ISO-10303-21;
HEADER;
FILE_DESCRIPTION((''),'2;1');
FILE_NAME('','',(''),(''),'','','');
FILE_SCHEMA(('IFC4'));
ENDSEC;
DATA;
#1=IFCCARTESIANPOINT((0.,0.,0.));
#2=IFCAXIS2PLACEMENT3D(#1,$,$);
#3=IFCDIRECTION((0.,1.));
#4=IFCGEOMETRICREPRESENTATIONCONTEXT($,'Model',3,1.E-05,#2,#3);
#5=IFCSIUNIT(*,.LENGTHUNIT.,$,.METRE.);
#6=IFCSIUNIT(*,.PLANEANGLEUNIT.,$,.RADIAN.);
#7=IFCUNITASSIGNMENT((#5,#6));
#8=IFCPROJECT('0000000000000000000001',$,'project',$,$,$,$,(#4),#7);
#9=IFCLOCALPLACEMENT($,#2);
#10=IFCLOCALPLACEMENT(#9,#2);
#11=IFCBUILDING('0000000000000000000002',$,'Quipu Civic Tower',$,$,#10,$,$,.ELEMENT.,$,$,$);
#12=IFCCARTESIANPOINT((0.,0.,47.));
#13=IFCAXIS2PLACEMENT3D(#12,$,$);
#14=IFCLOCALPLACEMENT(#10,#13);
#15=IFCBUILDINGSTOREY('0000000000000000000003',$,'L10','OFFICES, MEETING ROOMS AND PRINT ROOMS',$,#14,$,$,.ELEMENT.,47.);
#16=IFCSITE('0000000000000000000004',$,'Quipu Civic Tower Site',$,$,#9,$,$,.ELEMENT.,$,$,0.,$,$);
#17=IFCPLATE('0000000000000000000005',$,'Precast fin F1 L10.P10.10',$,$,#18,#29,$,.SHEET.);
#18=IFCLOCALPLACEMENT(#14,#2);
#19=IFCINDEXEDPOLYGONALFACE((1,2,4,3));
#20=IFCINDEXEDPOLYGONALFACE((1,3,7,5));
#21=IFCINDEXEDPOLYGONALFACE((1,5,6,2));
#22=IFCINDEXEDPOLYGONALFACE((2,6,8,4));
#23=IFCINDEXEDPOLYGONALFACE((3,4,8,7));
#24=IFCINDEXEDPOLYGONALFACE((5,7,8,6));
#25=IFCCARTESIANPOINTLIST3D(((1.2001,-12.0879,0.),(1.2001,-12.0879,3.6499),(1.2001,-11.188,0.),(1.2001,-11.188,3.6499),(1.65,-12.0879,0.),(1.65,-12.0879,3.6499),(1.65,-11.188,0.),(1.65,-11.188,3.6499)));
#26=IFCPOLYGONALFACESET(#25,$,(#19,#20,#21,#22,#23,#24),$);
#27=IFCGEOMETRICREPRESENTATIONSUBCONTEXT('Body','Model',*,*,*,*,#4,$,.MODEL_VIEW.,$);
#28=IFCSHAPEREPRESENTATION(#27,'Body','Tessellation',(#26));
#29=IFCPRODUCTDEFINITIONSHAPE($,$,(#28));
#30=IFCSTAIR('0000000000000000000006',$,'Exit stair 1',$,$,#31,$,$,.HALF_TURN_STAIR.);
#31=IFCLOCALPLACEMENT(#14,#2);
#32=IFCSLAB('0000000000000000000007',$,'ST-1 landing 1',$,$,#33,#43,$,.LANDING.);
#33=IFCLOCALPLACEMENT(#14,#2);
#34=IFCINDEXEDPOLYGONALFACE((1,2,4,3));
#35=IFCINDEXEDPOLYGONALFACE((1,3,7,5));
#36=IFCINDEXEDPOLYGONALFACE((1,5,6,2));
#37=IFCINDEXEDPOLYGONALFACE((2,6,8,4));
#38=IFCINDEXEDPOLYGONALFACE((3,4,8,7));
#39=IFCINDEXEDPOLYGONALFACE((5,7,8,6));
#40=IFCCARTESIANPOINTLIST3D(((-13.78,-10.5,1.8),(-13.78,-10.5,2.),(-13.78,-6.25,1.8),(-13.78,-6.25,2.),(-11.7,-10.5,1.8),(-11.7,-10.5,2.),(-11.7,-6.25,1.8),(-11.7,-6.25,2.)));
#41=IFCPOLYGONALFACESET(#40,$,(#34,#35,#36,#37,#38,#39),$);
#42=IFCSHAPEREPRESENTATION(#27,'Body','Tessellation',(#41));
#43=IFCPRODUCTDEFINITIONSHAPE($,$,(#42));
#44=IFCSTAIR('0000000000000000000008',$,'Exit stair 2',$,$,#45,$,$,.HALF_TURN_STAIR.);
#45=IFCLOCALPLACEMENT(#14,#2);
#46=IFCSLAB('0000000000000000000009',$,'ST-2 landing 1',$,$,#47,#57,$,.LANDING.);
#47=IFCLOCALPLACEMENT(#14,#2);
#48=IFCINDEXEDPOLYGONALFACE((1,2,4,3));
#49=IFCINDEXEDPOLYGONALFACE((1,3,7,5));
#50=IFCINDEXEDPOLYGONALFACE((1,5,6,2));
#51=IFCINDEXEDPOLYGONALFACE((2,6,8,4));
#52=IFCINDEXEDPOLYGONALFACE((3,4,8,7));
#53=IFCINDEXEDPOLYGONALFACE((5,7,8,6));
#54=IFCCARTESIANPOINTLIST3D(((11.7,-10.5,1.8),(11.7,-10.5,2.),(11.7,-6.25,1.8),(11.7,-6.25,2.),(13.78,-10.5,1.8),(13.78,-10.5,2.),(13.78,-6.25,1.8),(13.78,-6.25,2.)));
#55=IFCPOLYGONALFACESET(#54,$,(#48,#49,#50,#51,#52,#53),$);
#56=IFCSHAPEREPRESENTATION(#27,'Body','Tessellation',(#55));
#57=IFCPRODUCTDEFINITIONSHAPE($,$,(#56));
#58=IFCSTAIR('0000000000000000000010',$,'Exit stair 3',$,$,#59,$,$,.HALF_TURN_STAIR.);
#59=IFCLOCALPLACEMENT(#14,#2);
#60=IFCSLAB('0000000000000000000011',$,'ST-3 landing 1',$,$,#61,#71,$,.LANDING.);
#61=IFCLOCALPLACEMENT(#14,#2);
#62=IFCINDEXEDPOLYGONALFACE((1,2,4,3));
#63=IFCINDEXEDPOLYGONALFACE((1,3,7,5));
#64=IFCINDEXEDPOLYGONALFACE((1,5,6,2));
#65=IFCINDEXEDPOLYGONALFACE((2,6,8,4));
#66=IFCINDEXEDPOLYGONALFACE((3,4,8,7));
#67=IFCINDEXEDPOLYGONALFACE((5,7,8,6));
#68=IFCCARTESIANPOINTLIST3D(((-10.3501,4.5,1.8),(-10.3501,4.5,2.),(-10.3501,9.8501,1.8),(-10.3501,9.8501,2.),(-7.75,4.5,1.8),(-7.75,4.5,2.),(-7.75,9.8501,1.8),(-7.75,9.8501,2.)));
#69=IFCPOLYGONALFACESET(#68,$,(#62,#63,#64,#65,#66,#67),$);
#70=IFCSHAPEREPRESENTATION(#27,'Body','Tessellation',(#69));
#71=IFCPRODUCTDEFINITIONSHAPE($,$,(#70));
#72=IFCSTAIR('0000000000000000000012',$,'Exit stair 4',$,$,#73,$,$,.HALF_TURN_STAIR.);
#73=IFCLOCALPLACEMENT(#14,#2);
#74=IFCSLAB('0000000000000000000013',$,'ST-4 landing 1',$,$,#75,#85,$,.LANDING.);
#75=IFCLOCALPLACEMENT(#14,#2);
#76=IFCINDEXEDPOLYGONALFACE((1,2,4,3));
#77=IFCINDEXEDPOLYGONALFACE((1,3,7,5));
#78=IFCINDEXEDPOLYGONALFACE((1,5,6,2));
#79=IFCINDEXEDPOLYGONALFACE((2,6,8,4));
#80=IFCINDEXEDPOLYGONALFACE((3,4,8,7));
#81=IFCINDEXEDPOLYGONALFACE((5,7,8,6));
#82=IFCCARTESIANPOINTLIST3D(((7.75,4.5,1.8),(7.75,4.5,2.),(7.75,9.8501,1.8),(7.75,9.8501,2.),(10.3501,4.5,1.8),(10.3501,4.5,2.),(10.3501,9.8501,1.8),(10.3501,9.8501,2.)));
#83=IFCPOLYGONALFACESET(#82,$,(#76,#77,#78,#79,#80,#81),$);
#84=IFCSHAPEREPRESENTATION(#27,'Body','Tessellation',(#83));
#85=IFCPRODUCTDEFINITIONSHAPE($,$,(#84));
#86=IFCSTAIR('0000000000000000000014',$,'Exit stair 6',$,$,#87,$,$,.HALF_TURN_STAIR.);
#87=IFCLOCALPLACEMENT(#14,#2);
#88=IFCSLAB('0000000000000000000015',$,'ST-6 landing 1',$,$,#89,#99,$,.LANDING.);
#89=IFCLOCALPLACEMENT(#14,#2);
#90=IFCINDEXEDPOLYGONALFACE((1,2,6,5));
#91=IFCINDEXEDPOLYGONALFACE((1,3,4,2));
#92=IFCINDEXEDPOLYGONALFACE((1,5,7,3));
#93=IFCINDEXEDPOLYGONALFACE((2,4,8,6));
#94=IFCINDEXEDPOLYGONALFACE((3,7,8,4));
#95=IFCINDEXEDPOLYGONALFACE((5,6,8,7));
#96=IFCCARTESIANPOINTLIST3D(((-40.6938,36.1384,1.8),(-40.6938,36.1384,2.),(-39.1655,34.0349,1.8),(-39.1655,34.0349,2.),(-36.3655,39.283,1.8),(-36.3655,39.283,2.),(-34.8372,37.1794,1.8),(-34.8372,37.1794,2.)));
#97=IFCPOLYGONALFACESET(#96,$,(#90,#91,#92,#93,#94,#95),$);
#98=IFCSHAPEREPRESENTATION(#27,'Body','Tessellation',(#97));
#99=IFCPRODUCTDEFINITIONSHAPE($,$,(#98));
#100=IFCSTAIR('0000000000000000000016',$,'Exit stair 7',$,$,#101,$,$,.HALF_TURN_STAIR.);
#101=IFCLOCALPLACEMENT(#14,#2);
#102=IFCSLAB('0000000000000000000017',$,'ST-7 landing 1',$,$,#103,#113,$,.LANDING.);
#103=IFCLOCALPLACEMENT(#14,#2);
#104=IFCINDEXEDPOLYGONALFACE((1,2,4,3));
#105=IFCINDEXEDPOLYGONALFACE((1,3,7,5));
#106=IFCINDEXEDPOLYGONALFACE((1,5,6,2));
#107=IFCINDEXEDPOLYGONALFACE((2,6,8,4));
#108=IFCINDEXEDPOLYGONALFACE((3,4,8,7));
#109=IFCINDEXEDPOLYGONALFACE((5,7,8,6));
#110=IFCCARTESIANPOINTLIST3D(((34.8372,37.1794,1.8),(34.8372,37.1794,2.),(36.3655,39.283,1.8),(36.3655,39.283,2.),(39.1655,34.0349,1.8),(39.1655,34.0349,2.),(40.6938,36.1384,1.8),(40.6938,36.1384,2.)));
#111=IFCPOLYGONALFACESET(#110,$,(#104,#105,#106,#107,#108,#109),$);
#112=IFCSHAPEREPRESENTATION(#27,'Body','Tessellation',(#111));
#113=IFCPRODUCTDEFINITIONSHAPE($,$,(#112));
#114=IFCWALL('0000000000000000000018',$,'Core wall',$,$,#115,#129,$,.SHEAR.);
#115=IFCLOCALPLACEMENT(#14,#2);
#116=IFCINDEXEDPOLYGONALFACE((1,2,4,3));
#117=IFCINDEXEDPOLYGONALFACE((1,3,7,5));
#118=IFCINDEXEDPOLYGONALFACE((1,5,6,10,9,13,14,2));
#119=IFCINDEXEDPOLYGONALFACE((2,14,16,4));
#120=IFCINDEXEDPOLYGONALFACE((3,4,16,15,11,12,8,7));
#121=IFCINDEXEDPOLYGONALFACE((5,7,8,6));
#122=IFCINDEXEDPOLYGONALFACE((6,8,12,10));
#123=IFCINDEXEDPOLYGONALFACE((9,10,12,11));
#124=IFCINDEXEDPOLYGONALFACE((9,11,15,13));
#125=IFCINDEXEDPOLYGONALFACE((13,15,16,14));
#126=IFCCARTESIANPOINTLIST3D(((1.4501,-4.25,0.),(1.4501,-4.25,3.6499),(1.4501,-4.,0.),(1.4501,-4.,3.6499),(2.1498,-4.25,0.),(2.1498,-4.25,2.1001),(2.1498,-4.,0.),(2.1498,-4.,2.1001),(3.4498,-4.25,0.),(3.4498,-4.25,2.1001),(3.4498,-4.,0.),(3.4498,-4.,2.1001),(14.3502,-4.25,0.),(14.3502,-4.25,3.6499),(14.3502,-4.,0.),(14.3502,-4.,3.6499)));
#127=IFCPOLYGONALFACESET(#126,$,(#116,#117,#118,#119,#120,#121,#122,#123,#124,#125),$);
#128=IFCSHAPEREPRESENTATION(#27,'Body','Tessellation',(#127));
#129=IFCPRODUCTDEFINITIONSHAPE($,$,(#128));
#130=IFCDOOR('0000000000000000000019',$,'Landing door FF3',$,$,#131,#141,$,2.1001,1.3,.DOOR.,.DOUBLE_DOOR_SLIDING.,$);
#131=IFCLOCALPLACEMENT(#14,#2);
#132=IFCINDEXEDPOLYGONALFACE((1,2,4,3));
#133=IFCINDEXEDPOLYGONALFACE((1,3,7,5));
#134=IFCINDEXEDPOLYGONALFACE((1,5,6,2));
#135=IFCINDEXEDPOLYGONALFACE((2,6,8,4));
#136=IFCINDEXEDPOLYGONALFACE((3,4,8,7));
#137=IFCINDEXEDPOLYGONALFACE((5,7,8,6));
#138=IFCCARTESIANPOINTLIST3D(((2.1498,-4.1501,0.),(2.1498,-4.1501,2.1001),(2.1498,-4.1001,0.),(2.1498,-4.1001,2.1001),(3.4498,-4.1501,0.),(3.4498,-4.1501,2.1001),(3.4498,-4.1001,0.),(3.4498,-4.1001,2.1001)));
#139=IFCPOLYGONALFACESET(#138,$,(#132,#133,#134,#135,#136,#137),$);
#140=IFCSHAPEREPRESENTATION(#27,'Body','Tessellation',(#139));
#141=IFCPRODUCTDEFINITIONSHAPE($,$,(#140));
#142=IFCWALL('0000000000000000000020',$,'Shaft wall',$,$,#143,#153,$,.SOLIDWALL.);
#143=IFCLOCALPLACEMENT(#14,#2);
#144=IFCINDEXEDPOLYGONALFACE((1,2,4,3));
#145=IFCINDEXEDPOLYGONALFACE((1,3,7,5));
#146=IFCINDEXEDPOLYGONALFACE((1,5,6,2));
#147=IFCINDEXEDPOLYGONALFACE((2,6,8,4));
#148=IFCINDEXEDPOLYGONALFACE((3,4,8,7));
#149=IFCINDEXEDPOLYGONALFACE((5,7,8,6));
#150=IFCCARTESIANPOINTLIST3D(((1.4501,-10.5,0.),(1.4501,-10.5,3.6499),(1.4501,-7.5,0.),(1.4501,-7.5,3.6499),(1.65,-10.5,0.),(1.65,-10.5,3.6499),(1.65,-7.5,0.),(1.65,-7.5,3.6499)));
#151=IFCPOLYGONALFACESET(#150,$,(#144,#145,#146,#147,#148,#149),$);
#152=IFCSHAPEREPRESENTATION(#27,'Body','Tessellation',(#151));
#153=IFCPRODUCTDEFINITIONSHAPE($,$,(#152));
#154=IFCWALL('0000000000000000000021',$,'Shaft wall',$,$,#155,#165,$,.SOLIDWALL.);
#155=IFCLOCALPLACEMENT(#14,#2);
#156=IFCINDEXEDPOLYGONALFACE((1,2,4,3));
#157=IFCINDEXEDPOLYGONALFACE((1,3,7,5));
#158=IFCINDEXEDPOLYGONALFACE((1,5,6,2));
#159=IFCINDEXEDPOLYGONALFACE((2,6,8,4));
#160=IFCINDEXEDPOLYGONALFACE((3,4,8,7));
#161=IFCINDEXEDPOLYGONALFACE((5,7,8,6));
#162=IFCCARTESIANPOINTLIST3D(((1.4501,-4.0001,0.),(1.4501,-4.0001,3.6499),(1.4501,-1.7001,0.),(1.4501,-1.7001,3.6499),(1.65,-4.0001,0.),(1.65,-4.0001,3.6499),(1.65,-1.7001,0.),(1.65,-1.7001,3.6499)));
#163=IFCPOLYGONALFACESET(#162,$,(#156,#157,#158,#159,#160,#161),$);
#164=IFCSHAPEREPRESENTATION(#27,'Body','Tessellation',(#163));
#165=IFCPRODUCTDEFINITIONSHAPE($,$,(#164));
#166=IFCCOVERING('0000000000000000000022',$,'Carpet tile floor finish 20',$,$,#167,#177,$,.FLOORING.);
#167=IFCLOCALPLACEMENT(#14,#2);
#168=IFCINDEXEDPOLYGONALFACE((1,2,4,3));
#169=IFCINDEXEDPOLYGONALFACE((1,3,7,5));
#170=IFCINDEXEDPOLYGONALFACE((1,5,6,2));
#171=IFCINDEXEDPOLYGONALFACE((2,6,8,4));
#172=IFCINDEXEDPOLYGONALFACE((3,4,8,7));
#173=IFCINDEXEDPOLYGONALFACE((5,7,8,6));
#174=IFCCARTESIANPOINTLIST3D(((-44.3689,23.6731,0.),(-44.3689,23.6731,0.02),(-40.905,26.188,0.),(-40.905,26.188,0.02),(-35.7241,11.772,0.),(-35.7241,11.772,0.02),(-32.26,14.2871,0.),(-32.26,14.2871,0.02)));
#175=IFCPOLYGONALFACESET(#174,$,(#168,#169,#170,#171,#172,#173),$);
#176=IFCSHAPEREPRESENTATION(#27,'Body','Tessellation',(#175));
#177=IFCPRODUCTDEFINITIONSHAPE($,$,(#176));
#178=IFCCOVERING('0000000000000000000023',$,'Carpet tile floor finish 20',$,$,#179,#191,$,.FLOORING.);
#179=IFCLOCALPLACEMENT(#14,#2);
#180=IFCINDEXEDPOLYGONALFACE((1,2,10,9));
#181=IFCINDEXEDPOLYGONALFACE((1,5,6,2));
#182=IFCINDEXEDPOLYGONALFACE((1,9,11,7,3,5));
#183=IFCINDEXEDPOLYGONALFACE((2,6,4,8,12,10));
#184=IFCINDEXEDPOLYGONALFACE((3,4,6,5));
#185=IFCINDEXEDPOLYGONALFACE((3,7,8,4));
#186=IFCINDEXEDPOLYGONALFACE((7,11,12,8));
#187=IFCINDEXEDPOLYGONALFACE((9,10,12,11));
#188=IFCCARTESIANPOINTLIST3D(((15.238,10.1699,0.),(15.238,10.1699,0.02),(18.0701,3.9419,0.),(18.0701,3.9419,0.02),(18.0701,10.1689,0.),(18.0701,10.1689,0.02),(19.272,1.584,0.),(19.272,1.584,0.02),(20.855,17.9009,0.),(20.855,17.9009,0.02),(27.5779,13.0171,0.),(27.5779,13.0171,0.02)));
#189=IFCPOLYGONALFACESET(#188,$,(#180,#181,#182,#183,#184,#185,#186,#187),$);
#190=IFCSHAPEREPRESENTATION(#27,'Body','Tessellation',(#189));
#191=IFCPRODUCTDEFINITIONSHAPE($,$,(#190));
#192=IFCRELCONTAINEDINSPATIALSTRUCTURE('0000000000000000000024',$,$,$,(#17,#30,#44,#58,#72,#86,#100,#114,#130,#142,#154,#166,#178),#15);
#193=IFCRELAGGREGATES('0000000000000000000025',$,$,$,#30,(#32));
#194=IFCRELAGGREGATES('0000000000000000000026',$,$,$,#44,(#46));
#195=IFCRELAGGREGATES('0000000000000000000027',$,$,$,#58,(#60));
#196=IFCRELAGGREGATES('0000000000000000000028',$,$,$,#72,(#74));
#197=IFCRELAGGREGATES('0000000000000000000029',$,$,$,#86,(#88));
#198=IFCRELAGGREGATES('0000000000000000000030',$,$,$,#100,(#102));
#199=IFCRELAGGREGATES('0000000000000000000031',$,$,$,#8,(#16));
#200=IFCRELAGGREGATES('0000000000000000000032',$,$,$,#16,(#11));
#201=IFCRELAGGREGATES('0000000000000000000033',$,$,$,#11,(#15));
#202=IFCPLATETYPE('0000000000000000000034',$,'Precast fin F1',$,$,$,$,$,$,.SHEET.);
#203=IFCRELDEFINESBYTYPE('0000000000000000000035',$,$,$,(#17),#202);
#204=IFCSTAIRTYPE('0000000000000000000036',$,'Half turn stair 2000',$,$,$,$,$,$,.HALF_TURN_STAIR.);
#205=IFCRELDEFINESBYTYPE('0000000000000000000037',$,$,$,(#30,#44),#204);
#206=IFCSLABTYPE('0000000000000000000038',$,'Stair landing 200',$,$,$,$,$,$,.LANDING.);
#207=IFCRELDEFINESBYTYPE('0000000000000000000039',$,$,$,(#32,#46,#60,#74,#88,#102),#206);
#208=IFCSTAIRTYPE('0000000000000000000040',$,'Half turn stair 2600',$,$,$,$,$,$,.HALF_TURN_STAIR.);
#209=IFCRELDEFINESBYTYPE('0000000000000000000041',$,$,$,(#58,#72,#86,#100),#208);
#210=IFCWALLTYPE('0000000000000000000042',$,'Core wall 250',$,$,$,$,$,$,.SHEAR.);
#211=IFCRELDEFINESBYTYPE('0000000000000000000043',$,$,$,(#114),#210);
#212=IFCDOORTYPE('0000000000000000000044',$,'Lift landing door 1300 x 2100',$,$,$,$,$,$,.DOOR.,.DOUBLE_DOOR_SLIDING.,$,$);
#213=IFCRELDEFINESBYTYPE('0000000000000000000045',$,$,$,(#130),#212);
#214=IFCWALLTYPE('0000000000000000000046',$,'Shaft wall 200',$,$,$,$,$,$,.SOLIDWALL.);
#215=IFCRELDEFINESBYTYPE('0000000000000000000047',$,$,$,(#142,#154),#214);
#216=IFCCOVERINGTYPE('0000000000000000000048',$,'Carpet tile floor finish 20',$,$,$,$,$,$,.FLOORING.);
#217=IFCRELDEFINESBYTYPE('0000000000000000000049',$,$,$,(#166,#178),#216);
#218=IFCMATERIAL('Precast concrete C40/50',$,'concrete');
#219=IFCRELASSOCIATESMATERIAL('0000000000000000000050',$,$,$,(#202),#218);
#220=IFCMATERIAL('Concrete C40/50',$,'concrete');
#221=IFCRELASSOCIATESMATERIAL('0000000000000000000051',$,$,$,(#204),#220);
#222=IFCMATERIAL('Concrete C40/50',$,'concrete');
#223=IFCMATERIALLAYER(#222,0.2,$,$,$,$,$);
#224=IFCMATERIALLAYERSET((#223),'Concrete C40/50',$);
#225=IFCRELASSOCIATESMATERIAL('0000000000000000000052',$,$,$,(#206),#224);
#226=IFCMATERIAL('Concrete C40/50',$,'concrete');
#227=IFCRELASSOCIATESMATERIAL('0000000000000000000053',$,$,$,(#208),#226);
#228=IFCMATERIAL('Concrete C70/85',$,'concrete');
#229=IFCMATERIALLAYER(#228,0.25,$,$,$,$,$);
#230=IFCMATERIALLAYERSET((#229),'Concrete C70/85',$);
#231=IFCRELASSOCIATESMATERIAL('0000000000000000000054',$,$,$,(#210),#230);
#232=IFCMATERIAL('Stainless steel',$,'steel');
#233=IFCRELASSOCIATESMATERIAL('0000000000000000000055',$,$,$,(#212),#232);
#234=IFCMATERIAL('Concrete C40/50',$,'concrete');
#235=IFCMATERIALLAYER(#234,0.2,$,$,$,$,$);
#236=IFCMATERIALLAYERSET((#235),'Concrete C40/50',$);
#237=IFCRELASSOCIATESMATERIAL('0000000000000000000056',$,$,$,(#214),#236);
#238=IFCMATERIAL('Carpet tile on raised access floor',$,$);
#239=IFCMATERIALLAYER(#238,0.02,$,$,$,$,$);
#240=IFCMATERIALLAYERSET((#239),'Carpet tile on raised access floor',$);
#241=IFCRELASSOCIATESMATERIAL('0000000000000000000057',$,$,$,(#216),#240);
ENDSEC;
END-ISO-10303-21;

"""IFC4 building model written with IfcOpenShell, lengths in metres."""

from ifc_helpers import new_model, si_unit, direction, frame, frame_2d, origin, origin_2d, place, context, subcontext, project, spatial, polyline, rectangle, outline, extrude, material, layer, layer_set, type_object, element, fill, aggregate, save


model = new_model("IFC4")

# Units and contexts
model_context = context("Model", 3, precision=1e-05, world=origin(), true_north=direction((0.0, 1.0)))
body_context = subcontext(model_context, "Body", "Model", "MODEL_VIEW")
ifc_project = project(units=[si_unit("LENGTHUNIT", "METRE"), si_unit("PLANEANGLEUNIT", "RADIAN")], contexts=[model_context])

# Site, building, storey
site_placement = place(None, origin())
site = spatial("IfcSite", under=ifc_project, at=site_placement, Name="Quipu Civic Tower Site", CompositionType="ELEMENT", RefElevation=0.0)
building_placement = place(site_placement, origin())
building = spatial("IfcBuilding", under=site, at=building_placement, Name="Quipu Civic Tower", CompositionType="ELEMENT")
storey_placement = place(building_placement, frame((0.0, 0.0, 47.0)))
storey = spatial("IfcBuildingStorey", under=building, at=storey_placement, Name="L10", Description="OFFICES, MEETING ROOMS AND PRINT ROOMS", CompositionType="ELEMENT", Elevation=47.0)

# Plate
ifc_material_1 = material(Name="Precast concrete C40/50", Category="concrete")
plate_type = type_object("IfcPlateType", Name="Precast fin F1", PredefinedType="SHEET", material=ifc_material_1)
plate_placement = place(storey_placement, frame((1.425, -11.6379, 0.0), z_axis=(0.0, 0.0, 1.0), x_axis=(1.0, 0.0, 0.0)))
element("IfcPlate", 1, at=plate_placement, inside=storey, type_object=plate_type, Name="Precast fin F1 L10.P10.10", PredefinedType="SHEET", context=body_context, shape_type="SweptSolid", body=[
    extrude(rectangle(XDim=0.45, YDim=0.8999, at=origin_2d()), origin(), (0.0, 0.0, 1.0), 3.6499),
])

# Stairs, slabs
ifc_material_2 = material(Name="Concrete C40/50", Category="concrete")
stair_type_1 = type_object("IfcStairType", Name="Half turn stair 2000", PredefinedType="HALF_TURN_STAIR", material=ifc_material_2)
stair_1_placement = place(storey_placement, origin())
stair_1 = element("IfcStair", 2, at=stair_1_placement, inside=storey, type_object=stair_type_1, Name="Exit stair 1", PredefinedType="HALF_TURN_STAIR")
ifc_material_3 = material(Name="Concrete C40/50", Category="concrete")
ifc_layer_1 = layer(ifc_material_3, 0.2)
ifc_layer_set_1 = layer_set([ifc_layer_1], Name="Concrete C40/50")
slab_type = type_object("IfcSlabType", Name="Stair landing 200", PredefinedType="LANDING", material=ifc_layer_set_1)
slab_1_placement = place(storey_placement, frame((0.0, 0.0, 1.8)))
slab_1 = element("IfcSlab", 3, at=slab_1_placement, type_object=slab_type, Name="ST-1 landing 1", PredefinedType="LANDING", context=body_context, shape_type="SweptSolid", body=[
    extrude(outline(polyline([(-13.78, -10.5), (-11.7, -10.5), (-11.7, -6.25), (-13.78, -6.25), (-13.78, -10.5)])), origin(), (0.0, 0.0, 1.0), 0.2),
])
aggregate(stair_1, [slab_1])
stair_2_placement = place(storey_placement, origin())
stair_2 = element("IfcStair", 4, at=stair_2_placement, inside=storey, type_object=stair_type_1, Name="Exit stair 2", PredefinedType="HALF_TURN_STAIR")
slab_2_placement = place(storey_placement, frame((0.0, 0.0, 1.8)))
slab_2 = element("IfcSlab", 5, at=slab_2_placement, type_object=slab_type, Name="ST-2 landing 1", PredefinedType="LANDING", context=body_context, shape_type="SweptSolid", body=[
    extrude(outline(polyline([(13.78, -6.25), (11.7, -6.25), (11.7, -10.5), (13.78, -10.5), (13.78, -6.25)])), origin(), (0.0, 0.0, 1.0), 0.2),
])
aggregate(stair_2, [slab_2])
ifc_material_4 = material(Name="Concrete C40/50", Category="concrete")
stair_type_2 = type_object("IfcStairType", Name="Half turn stair 2600", PredefinedType="HALF_TURN_STAIR", material=ifc_material_4)
stair_3_placement = place(storey_placement, origin())
stair_3 = element("IfcStair", 6, at=stair_3_placement, inside=storey, type_object=stair_type_2, Name="Exit stair 3", PredefinedType="HALF_TURN_STAIR")
slab_3_placement = place(storey_placement, frame((0.0, 0.0, 1.8)))
slab_3 = element("IfcSlab", 7, at=slab_3_placement, type_object=slab_type, Name="ST-3 landing 1", PredefinedType="LANDING", context=body_context, shape_type="SweptSolid", body=[
    extrude(outline(polyline([(-10.3501, 4.5), (-7.75, 4.5), (-7.75, 9.8501), (-10.3501, 9.8501), (-10.3501, 4.5)])), origin(), (0.0, 0.0, 1.0), 0.2),
])
aggregate(stair_3, [slab_3])
stair_4_placement = place(storey_placement, origin())
stair_4 = element("IfcStair", 8, at=stair_4_placement, inside=storey, type_object=stair_type_2, Name="Exit stair 4", PredefinedType="HALF_TURN_STAIR")
slab_4_placement = place(storey_placement, frame((0.0, 0.0, 1.8)))
slab_4 = element("IfcSlab", 9, at=slab_4_placement, type_object=slab_type, Name="ST-4 landing 1", PredefinedType="LANDING", context=body_context, shape_type="SweptSolid", body=[
    extrude(outline(polyline([(10.3501, 9.8501), (7.75, 9.8501), (7.75, 4.5), (10.3501, 4.5), (10.3501, 9.8501)])), origin(), (0.0, 0.0, 1.0), 0.2),
])
aggregate(stair_4, [slab_4])
stair_5_placement = place(storey_placement, origin())
stair_5 = element("IfcStair", 10, at=stair_5_placement, inside=storey, type_object=stair_type_2, Name="Exit stair 6", PredefinedType="HALF_TURN_STAIR")
slab_5_placement = place(storey_placement, frame((0.0, 0.0, 1.8)))
slab_5 = element("IfcSlab", 11, at=slab_5_placement, type_object=slab_type, Name="ST-6 landing 1", PredefinedType="LANDING", context=body_context, shape_type="SweptSolid", body=[
    extrude(outline(polyline([(-34.8372, 37.1794), (-36.3655, 39.283), (-40.6938, 36.1384), (-39.1655, 34.0349), (-34.8372, 37.1794)])), origin(), (0.0, 0.0, 1.0), 0.2),
])
aggregate(stair_5, [slab_5])
stair_6_placement = place(storey_placement, origin())
stair_6 = element("IfcStair", 12, at=stair_6_placement, inside=storey, type_object=stair_type_2, Name="Exit stair 7", PredefinedType="HALF_TURN_STAIR")
slab_6_placement = place(storey_placement, frame((0.0, 0.0, 1.8)))
slab_6 = element("IfcSlab", 13, at=slab_6_placement, type_object=slab_type, Name="ST-7 landing 1", PredefinedType="LANDING", context=body_context, shape_type="SweptSolid", body=[
    extrude(outline(polyline([(39.1655, 34.0349), (40.6938, 36.1384), (36.3655, 39.283), (34.8372, 37.1794), (39.1655, 34.0349)])), origin(), (0.0, 0.0, 1.0), 0.2),
])
aggregate(stair_6, [slab_6])

# Wall, opening, door
ifc_material_5 = material(Name="Concrete C70/85", Category="concrete")
ifc_layer_2 = layer(ifc_material_5, 0.25)
ifc_layer_set_2 = layer_set([ifc_layer_2], Name="Concrete C70/85")
wall_type_1 = type_object("IfcWallType", Name="Core wall 250", PredefinedType="SHEAR", material=ifc_layer_set_2)
wall_1_placement = place(storey_placement, frame((1.45, -4.125, 0.0), z_axis=(0.0, 0.0, 1.0), x_axis=(1.0, 0.0, 0.0)))
wall_1 = element("IfcWall", 14, at=wall_1_placement, inside=storey, type_object=wall_type_1, Name="Core wall", PredefinedType="SHEAR", context=body_context, shape_type="SweptSolid", body=[
    extrude(rectangle(XDim=12.9001, YDim=0.25, at=frame_2d((6.4502, 0.0))), origin(), (0.0, 0.0, 1.0), 3.6499),
])
opening_placement = place(wall_1_placement, frame((0.7, 0.0, 0.0)))
opening = element("IfcOpeningElement", 15, at=opening_placement, cuts=wall_1, PredefinedType="OPENING", context=body_context, shape_type="SweptSolid", body=[
    extrude(rectangle(XDim=1.3, YDim=2.1001, at=frame_2d((0.6499, 1.05))), frame((0.0, 0.135, 0.0), z_axis=(0.0, -1.0, 0.0), x_axis=(1.0, 0.0, 0.0)), (0.0, 0.0, 1.0), 0.27),
])
ifc_material_6 = material(Name="Stainless steel", Category="steel")
door_type = type_object("IfcDoorType", Name="Lift landing door 1300 x 2100", OperationType="DOUBLE_DOOR_SLIDING", PredefinedType="DOOR", material=ifc_material_6)
door_placement = place(opening_placement, origin())
door = element("IfcDoor", 16, at=door_placement, inside=storey, type_object=door_type, Name="Landing door FF3", OperationType="DOUBLE_DOOR_SLIDING", OverallHeight=2.1001, OverallWidth=1.3, PredefinedType="DOOR", context=body_context, shape_type="SweptSolid", body=[
    extrude(rectangle(XDim=1.3, YDim=2.1001, at=frame_2d((0.6499, 1.05))), frame((0.0, 0.0249, 0.0), z_axis=(0.0, -1.0, 0.0), x_axis=(1.0, 0.0, 0.0)), (0.0, 0.0, 1.0), 0.05),
])
fill(opening, door)

# Walls
ifc_material_7 = material(Name="Concrete C40/50", Category="concrete")
ifc_layer_3 = layer(ifc_material_7, 0.2)
ifc_layer_set_3 = layer_set([ifc_layer_3], Name="Concrete C40/50")
wall_type_2 = type_object("IfcWallType", Name="Shaft wall 200", PredefinedType="SOLIDWALL", material=ifc_layer_set_3)
wall_2_placement = place(storey_placement, frame((1.55, -10.5, 0.0), z_axis=(0.0, 0.0, 1.0), x_axis=(0.0, 1.0, 0.0)))
element("IfcWall", 17, at=wall_2_placement, inside=storey, type_object=wall_type_2, Name="Shaft wall", PredefinedType="SOLIDWALL", context=body_context, shape_type="SweptSolid", body=[
    extrude(rectangle(XDim=3.0, YDim=0.2, at=frame_2d((1.5, 0.0))), origin(), (0.0, 0.0, 1.0), 3.6499),
])
wall_3_placement = place(storey_placement, frame((1.55, -4.0, 0.0), z_axis=(0.0, 0.0, 1.0), x_axis=(0.0, 1.0, 0.0)))
element("IfcWall", 18, at=wall_3_placement, inside=storey, type_object=wall_type_2, Name="Shaft wall", PredefinedType="SOLIDWALL", context=body_context, shape_type="SweptSolid", body=[
    extrude(rectangle(XDim=2.3, YDim=0.2, at=frame_2d((1.1499, 0.0))), origin(), (0.0, 0.0, 1.0), 3.6499),
])

# Coverings
ifc_material_8 = material(Name="Carpet tile on raised access floor")
ifc_layer_4 = layer(ifc_material_8, 0.02)
ifc_layer_set_4 = layer_set([ifc_layer_4], Name="Carpet tile on raised access floor")
covering_type_1 = type_object("IfcCoveringType", Name="Carpet tile floor finish 20", PredefinedType="FLOORING", material=ifc_layer_set_4)
covering_1_placement = place(storey_placement, origin())
element("IfcCovering", 19, at=covering_1_placement, inside=storey, type_object=covering_type_1, Name="Carpet tile floor finish 20", PredefinedType="FLOORING", context=body_context, shape_type="SweptSolid", body=[
    extrude(outline(polyline([(-44.3689, 23.6731), (-40.905, 26.188), (-32.26, 14.2871), (-35.7241, 11.772), (-44.3689, 23.6731)])), origin(), (0.0, 0.0, 1.0), 0.02),
])
covering_2_placement = place(storey_placement, origin())
element("IfcCovering", 20, at=covering_2_placement, inside=storey, type_object=covering_type_1, Name="Carpet tile floor finish 20", PredefinedType="FLOORING", context=body_context, shape_type="SweptSolid", body=[
    extrude(outline(polyline([(15.238, 10.1699), (20.855, 17.9009), (27.5779, 13.0171), (19.272, 1.584), (18.0701, 3.9419), (18.0701, 10.1689), (15.238, 10.1699)])), origin(), (0.0, 0.0, 1.0), 0.02),
])

save(model, "model.ifc")
